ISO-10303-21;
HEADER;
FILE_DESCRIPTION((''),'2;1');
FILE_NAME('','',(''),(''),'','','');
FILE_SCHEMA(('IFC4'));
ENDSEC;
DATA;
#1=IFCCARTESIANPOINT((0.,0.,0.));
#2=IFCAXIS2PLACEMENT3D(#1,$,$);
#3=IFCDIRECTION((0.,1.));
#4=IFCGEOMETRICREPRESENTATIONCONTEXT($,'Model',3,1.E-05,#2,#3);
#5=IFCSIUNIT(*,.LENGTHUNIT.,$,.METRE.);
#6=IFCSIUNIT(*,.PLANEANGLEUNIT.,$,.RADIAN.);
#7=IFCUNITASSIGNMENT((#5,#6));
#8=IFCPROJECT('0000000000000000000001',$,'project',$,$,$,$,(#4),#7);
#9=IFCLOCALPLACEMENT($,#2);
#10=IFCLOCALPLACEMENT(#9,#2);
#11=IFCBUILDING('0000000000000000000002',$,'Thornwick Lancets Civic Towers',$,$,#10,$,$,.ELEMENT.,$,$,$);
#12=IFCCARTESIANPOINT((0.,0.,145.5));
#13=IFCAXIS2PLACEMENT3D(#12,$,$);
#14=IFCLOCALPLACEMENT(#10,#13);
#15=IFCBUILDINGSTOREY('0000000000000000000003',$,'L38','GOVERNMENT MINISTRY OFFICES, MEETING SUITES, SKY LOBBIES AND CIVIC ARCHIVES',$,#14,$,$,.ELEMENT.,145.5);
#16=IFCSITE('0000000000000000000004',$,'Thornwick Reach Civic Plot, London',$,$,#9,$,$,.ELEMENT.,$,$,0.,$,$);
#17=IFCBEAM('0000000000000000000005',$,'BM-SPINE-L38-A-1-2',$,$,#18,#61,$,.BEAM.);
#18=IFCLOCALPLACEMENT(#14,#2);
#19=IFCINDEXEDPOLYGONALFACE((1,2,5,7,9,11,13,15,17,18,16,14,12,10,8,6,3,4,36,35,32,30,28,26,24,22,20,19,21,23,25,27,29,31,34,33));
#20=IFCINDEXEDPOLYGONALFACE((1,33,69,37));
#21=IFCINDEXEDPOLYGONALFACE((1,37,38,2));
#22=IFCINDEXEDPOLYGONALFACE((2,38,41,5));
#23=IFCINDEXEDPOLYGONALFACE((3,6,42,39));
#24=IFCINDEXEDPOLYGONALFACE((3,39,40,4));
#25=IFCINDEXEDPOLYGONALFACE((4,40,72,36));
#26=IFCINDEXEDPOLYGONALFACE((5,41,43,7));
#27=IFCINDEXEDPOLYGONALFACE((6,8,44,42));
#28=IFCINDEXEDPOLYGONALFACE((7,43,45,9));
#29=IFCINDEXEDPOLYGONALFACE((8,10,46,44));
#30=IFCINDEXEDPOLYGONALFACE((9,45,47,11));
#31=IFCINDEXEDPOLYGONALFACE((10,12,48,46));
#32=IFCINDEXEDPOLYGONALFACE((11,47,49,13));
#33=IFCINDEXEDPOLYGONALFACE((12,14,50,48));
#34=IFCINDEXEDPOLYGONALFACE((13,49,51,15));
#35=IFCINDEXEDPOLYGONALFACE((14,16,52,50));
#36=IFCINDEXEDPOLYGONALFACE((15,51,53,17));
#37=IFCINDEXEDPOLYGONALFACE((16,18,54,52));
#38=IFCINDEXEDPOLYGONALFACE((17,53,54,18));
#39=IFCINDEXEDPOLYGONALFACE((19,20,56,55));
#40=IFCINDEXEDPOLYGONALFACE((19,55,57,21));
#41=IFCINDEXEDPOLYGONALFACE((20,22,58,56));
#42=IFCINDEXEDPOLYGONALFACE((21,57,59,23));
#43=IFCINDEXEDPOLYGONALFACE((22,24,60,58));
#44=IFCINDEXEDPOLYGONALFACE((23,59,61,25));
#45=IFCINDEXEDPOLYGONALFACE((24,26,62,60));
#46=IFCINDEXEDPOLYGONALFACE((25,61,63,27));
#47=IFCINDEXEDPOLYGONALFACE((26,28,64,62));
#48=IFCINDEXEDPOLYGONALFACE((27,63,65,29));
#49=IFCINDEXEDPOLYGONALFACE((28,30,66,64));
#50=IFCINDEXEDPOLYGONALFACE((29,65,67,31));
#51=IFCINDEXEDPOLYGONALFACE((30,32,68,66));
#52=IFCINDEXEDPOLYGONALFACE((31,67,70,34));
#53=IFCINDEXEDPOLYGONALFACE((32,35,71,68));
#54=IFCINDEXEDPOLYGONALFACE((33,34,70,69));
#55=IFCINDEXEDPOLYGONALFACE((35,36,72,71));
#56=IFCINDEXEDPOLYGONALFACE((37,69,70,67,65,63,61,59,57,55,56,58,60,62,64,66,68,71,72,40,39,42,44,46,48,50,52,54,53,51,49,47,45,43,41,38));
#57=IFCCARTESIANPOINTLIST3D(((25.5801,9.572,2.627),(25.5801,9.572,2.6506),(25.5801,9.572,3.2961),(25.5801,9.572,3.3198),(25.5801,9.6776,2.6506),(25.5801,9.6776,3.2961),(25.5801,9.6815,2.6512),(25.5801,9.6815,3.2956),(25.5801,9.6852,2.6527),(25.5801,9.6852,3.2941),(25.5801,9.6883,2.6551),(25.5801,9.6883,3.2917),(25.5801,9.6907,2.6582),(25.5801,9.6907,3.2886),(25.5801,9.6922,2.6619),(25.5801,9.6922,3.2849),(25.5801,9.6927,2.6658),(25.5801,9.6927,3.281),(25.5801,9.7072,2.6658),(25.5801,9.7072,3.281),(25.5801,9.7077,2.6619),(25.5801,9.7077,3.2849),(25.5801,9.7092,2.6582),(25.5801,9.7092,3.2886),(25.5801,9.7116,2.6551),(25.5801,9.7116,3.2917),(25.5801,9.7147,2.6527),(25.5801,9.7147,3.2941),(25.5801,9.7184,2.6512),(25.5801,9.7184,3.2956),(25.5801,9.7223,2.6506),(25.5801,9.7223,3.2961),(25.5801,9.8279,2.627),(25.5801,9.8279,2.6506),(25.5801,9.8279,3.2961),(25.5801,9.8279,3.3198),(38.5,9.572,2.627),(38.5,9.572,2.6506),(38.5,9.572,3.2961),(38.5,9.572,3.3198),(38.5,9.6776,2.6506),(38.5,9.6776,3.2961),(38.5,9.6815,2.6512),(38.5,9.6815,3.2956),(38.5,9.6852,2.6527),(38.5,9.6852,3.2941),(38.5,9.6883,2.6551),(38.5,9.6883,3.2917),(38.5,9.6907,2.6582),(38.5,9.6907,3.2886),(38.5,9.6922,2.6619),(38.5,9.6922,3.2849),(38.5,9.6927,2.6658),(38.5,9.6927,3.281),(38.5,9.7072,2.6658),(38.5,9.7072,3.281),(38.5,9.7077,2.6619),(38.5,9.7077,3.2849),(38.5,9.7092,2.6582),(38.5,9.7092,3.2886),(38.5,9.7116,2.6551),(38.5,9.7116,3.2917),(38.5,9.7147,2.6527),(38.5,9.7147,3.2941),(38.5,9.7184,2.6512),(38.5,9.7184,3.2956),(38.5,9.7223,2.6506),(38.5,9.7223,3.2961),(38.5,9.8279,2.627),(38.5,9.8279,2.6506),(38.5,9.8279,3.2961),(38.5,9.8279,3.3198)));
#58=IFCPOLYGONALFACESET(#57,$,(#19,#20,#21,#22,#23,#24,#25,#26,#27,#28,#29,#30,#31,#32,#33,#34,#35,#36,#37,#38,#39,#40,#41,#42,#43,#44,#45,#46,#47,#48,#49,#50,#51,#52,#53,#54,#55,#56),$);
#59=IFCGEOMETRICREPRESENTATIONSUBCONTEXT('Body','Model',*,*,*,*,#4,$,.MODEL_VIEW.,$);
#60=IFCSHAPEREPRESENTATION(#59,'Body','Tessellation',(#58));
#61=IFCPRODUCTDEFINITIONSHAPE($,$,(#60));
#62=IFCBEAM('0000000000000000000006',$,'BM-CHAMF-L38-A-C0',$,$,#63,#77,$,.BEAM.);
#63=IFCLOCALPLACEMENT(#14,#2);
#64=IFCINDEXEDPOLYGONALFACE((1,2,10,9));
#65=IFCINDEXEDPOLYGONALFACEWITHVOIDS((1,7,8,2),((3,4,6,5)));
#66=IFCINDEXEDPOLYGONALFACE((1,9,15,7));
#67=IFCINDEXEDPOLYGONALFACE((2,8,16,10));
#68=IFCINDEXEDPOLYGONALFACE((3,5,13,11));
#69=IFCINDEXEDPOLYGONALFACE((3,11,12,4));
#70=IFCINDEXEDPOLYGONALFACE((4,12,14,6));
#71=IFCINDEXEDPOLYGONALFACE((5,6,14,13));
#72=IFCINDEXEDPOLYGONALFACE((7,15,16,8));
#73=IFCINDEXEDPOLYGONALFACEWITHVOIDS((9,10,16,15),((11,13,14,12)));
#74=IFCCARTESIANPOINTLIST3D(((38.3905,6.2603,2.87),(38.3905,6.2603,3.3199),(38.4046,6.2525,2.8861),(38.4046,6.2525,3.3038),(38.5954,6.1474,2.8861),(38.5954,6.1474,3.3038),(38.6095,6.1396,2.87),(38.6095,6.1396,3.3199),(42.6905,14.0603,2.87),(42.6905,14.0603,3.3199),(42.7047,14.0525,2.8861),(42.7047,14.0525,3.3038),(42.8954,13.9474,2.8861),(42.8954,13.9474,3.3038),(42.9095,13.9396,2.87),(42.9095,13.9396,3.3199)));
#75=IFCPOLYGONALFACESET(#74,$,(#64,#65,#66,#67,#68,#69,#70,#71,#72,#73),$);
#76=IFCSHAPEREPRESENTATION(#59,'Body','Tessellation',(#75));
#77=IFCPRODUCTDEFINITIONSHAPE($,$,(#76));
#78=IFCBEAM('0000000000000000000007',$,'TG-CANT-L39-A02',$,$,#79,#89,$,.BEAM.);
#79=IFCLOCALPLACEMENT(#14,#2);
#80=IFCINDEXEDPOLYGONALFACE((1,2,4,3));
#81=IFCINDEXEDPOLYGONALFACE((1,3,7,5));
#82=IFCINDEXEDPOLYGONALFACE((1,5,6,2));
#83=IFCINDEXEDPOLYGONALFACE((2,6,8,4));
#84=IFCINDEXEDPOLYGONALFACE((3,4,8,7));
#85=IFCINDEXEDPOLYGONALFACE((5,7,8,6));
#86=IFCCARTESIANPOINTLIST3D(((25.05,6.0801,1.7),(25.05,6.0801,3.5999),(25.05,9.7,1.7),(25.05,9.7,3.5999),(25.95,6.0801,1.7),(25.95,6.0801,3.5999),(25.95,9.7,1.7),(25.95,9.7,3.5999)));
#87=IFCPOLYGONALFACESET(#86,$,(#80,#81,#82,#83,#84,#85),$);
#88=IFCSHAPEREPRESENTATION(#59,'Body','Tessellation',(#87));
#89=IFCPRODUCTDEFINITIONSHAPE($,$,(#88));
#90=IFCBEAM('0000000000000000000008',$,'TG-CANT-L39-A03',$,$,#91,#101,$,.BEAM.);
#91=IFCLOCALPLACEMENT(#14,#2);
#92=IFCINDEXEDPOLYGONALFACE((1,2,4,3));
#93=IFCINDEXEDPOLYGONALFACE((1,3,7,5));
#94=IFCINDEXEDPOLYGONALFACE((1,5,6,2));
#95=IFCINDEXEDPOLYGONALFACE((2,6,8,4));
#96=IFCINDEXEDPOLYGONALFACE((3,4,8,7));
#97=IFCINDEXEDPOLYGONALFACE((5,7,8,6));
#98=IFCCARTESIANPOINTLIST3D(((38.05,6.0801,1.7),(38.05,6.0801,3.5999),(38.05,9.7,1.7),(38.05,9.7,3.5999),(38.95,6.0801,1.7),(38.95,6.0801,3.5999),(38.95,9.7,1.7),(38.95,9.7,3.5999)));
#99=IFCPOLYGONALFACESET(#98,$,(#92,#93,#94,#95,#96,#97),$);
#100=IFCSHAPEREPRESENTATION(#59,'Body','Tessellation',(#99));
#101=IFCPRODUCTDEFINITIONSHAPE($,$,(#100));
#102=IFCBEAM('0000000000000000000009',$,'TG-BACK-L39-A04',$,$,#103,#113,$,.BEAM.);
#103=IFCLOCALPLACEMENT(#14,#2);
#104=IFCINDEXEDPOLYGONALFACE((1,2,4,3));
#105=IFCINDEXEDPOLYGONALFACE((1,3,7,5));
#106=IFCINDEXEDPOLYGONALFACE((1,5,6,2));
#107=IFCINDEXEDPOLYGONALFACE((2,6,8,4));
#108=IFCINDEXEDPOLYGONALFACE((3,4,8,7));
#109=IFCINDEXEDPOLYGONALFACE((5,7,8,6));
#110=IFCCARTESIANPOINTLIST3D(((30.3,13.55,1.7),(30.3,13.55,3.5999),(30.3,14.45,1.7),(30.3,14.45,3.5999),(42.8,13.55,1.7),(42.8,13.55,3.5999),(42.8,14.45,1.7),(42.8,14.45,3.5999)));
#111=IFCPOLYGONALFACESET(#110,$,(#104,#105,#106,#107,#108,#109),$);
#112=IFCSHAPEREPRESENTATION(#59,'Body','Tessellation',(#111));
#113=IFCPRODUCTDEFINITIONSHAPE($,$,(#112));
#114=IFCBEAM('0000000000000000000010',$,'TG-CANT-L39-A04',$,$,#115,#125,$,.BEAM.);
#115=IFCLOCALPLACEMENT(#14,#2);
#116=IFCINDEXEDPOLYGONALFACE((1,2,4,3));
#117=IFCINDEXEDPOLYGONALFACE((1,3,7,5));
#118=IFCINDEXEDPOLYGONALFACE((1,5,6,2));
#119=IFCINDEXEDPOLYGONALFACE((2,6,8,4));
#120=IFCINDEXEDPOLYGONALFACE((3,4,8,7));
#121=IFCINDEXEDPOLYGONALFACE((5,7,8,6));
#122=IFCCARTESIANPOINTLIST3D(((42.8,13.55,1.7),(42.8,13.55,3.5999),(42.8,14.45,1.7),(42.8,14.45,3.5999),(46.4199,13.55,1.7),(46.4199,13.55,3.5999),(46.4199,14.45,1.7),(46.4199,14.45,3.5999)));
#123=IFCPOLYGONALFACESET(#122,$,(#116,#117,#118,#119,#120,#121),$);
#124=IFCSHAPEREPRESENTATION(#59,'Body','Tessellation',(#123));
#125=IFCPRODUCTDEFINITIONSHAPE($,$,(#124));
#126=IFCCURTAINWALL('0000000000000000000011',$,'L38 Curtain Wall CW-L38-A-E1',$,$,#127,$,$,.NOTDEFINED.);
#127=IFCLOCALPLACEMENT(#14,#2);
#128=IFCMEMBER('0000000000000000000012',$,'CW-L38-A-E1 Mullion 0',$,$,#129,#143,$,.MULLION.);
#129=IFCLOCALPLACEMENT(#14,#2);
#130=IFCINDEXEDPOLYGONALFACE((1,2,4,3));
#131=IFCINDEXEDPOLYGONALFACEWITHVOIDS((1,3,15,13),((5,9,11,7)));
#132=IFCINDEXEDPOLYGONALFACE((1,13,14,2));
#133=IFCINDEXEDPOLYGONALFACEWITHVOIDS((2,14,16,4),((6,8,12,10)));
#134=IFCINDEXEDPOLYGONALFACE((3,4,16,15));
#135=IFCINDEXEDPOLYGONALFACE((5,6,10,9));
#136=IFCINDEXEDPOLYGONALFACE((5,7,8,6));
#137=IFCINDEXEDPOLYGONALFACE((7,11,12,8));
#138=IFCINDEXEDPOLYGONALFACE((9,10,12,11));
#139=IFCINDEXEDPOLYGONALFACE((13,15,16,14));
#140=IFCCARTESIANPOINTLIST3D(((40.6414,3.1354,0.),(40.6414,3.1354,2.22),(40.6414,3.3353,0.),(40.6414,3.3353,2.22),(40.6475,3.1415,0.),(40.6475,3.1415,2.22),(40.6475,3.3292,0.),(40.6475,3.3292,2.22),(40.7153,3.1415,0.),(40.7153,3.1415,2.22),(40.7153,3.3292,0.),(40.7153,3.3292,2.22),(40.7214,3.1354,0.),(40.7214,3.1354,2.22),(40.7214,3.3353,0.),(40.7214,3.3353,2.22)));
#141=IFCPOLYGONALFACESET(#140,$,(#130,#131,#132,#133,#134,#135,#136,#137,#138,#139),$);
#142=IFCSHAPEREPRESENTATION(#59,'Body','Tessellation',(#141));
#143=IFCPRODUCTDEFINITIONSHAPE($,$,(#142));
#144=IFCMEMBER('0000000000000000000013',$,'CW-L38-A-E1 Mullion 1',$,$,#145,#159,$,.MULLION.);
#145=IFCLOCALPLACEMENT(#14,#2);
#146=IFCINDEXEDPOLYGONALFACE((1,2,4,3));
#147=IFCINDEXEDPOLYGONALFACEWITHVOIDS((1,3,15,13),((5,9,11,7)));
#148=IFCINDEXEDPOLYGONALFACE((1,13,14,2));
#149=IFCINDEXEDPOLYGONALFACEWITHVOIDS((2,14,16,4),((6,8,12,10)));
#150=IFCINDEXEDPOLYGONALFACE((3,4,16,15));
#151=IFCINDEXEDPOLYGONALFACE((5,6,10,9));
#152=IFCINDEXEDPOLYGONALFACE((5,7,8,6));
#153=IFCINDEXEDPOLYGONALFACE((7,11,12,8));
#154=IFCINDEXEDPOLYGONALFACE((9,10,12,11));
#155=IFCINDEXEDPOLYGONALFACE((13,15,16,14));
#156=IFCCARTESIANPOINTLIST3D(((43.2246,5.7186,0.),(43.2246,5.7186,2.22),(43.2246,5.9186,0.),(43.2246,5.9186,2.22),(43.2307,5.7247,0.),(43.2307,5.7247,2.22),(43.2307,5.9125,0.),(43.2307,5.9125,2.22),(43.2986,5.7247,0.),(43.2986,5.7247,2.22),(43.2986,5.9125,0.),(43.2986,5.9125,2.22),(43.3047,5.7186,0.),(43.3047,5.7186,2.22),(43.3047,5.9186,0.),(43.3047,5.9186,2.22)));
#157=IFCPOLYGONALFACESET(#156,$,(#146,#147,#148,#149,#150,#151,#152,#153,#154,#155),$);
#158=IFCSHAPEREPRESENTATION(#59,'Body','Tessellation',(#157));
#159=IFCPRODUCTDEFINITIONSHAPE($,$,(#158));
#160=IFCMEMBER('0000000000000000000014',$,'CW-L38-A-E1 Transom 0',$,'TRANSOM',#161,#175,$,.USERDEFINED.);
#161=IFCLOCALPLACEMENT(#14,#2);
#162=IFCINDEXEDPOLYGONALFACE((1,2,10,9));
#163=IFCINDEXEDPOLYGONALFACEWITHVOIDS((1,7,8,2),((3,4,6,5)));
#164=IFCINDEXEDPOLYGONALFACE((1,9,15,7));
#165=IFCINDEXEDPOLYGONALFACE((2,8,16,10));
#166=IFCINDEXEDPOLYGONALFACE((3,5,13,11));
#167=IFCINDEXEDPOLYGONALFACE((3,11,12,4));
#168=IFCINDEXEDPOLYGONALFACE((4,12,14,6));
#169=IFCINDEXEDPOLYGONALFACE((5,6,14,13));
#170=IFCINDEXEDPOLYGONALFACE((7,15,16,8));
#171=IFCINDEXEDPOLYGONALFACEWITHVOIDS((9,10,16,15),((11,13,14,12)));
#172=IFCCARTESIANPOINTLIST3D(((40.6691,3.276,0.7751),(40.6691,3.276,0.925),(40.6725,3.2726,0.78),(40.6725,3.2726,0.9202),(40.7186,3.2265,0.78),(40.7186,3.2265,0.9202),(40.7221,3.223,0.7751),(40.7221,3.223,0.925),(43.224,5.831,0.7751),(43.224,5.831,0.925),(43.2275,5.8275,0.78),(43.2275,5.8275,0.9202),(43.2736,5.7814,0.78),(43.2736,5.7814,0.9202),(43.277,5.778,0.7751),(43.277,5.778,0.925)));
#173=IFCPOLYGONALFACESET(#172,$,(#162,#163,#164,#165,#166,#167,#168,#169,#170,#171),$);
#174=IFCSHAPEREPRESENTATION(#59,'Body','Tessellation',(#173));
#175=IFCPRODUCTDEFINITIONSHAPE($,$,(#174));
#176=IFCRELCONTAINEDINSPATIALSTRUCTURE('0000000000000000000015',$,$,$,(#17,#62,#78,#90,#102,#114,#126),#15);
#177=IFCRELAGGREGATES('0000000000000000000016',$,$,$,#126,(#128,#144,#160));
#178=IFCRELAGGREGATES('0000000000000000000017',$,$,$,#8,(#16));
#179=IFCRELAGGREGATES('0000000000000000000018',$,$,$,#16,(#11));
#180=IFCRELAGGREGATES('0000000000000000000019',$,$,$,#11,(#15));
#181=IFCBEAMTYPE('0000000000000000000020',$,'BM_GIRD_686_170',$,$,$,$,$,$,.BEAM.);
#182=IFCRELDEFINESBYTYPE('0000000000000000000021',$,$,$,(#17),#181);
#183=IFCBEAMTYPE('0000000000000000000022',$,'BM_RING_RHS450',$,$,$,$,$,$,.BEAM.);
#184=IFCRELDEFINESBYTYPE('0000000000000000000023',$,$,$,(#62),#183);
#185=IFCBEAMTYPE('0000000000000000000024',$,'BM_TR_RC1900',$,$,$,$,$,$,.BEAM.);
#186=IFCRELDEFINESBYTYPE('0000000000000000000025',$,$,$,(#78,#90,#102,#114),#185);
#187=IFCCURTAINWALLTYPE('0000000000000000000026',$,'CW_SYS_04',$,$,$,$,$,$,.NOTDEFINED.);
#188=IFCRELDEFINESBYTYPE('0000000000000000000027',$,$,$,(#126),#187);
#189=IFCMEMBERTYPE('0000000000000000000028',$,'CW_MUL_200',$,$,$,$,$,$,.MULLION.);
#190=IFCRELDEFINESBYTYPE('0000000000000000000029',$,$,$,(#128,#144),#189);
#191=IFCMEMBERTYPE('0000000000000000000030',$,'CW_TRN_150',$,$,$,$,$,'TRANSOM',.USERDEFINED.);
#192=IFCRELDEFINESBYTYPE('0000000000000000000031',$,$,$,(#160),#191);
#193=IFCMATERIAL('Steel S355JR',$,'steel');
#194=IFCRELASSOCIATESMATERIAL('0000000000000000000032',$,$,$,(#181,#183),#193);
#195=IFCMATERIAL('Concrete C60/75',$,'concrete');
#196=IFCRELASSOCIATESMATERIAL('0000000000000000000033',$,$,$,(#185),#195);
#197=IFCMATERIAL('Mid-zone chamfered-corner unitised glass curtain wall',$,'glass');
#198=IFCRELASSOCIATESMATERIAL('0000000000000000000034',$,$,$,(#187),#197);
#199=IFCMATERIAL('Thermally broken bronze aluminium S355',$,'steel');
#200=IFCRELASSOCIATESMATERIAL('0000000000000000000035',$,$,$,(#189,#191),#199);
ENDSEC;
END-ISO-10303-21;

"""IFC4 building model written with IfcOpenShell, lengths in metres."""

from ifc_helpers import new_model, si_unit, direction, frame, origin, origin_2d, place, context, subcontext, project, spatial, rectangle, hollow_rectangle, i_section, extrude, material, material_profile, profile_set, type_object, element, aggregate, save


model = new_model("IFC4")

# Units and contexts
model_context = context("Model", 3, precision=1e-05, world=origin(), true_north=direction((0.0, 1.0)))
body_context = subcontext(model_context, "Body", "Model", "MODEL_VIEW")
ifc_project = project(units=[si_unit("LENGTHUNIT", "METRE"), si_unit("PLANEANGLEUNIT", "RADIAN")], contexts=[model_context])

# Site, building, storey
site_placement = place(None, origin())
site = spatial("IfcSite", under=ifc_project, at=site_placement, Name="Thornwick Reach Civic Plot, London", CompositionType="ELEMENT", RefElevation=0.0)
building_placement = place(site_placement, origin())
building = spatial("IfcBuilding", under=site, at=building_placement, Name="Thornwick Lancets Civic Towers", CompositionType="ELEMENT")
storey_placement = place(building_placement, frame((0.0, 0.0, 145.5)))
storey = spatial("IfcBuildingStorey", under=building, at=storey_placement, Name="L38", Description="GOVERNMENT MINISTRY OFFICES, MEETING SUITES, SKY LOBBIES AND CIVIC ARCHIVES", CompositionType="ELEMENT", Elevation=145.5)

# Beams
ifc_material_1 = material(Name="Steel S355JR", Category="steel")
ifc_material_profile_1 = material_profile(ifc_material_1, i_section(OverallWidth=0.2559, OverallDepth=0.6929, WebThickness=0.0144, FlangeThickness=0.0237, FilletRadius=0.0151, at=origin_2d()), Name="UKB 686x254x170")
ifc_profile_set_1 = profile_set([ifc_material_profile_1], Name="Steel S355JR")
beam_type_1 = type_object("IfcBeamType", Name="BM_GIRD_686_170", PredefinedType="BEAM", material=ifc_profile_set_1)
beam_1_placement = place(storey_placement, frame((25.5801, 9.7, 2.9734), z_axis=(1.0, 0.0, 0.0), x_axis=(0.0, 1.0, 0.0)))
element("IfcBeam", 1, at=beam_1_placement, inside=storey, type_object=beam_type_1, Name="BM-SPINE-L38-A-1-2", PredefinedType="BEAM", context=body_context, shape_type="SweptSolid", body=[
    extrude(i_section(OverallWidth=0.2559, OverallDepth=0.6929, WebThickness=0.0144, FlangeThickness=0.0237, FilletRadius=0.0151, at=origin_2d()), origin(), (0.0, 0.0, 1.0), 12.9199),
])
ifc_material_profile_2 = material_profile(ifc_material_1, hollow_rectangle(XDim=0.25, YDim=0.45, WallThickness=0.0161, at=origin_2d()), Name="RHS 450x250x16")
ifc_profile_set_2 = profile_set([ifc_material_profile_2], Name="Steel S355JR")
beam_type_2 = type_object("IfcBeamType", Name="BM_RING_RHS450", PredefinedType="BEAM", material=ifc_profile_set_2)
beam_2_placement = place(storey_placement, frame((38.5, 6.2, 3.095), z_axis=(0.482782, 0.87574, 0.0), x_axis=(-0.87574, 0.482782, 0.0)))
element("IfcBeam", 2, at=beam_2_placement, inside=storey, type_object=beam_type_2, Name="BM-CHAMF-L38-A-C0", PredefinedType="BEAM", context=body_context, shape_type="SweptSolid", body=[
    extrude(hollow_rectangle(XDim=0.25, YDim=0.45, WallThickness=0.0161, at=origin_2d()), origin(), (0.0, 0.0, 1.0), 8.9067),
])
ifc_material_2 = material(Name="Concrete C60/75", Category="concrete")
ifc_material_profile_3 = material_profile(ifc_material_2, rectangle(XDim=0.8999, YDim=1.8999, at=origin_2d()), Name="RC 900x1900")
ifc_profile_set_3 = profile_set([ifc_material_profile_3], Name="Concrete C60/75")
beam_type_3 = type_object("IfcBeamType", Name="BM_TR_RC1900", PredefinedType="BEAM", material=ifc_profile_set_3)
for number, where, z_axis, x_axis, name in (
    (3, (25.5, 9.7, 2.6499), (0.0, -1.0, 0.0), (1.0, 0.0, 0.0), "TG-CANT-L39-A02"),
    (4, (38.5, 9.7, 2.6499), (0.0, -1.0, 0.0), (1.0, 0.0, 0.0), "TG-CANT-L39-A03"),
):
    element("IfcBeam", number, at=place(storey_placement, frame(where, z_axis=z_axis, x_axis=x_axis)), inside=storey, type_object=beam_type_3, Name=name, PredefinedType="BEAM", context=body_context, shape_type="SweptSolid", body=[
        extrude(rectangle(XDim=0.8999, YDim=1.8999, at=origin_2d()), origin(), (0.0, 0.0, 1.0), 3.6199),
    ])
beam_3_placement = place(storey_placement, frame((30.3, 14.0, 2.6499), z_axis=(1.0, 0.0, 0.0), x_axis=(0.0, 1.0, 0.0)))
element("IfcBeam", 5, at=beam_3_placement, inside=storey, type_object=beam_type_3, Name="TG-BACK-L39-A04", PredefinedType="BEAM", context=body_context, shape_type="SweptSolid", body=[
    extrude(rectangle(XDim=0.8999, YDim=1.8999, at=origin_2d()), origin(), (0.0, 0.0, 1.0), 12.5),
])
beam_4_placement = place(storey_placement, frame((42.8, 14.0, 2.6499), z_axis=(1.0, 0.0, 0.0), x_axis=(0.0, 1.0, 0.0)))
element("IfcBeam", 6, at=beam_4_placement, inside=storey, type_object=beam_type_3, Name="TG-CANT-L39-A04", PredefinedType="BEAM", context=body_context, shape_type="SweptSolid", body=[
    extrude(rectangle(XDim=0.8999, YDim=1.8999, at=origin_2d()), origin(), (0.0, 0.0, 1.0), 3.6199),
])

# Curtain wall, members
ifc_material_3 = material(Name="Mid-zone chamfered-corner unitised glass curtain wall", Category="glass")
curtain_wall_type = type_object("IfcCurtainWallType", Name="CW_SYS_04", PredefinedType="NOTDEFINED", material=ifc_material_3)
curtain_wall_placement = place(storey_placement, origin())
curtain_wall = element("IfcCurtainWall", 7, at=curtain_wall_placement, inside=storey, type_object=curtain_wall_type, Name="L38 Curtain Wall CW-L38-A-E1", PredefinedType="NOTDEFINED")
ifc_material_4 = material(Name="Thermally broken bronze aluminium S355", Category="steel")
ifc_material_profile_4 = material_profile(ifc_material_4, hollow_rectangle(XDim=0.0801, YDim=0.2, WallThickness=0.0061, at=origin_2d()), Name="RHS 200x80x6")
ifc_profile_set_4 = profile_set([ifc_material_profile_4], Name="Thermally broken bronze aluminium S355")
member_type_1 = type_object("IfcMemberType", Name="CW_MUL_200", PredefinedType="MULLION", material=ifc_profile_set_4)
member_1_placement = place(storey_placement, frame((40.6814, 3.2354, 0.0), z_axis=(0.0, 0.0, 1.0), x_axis=(1.0, 0.0, 0.0)))
member_1 = element("IfcMember", 8, at=member_1_placement, type_object=member_type_1, Name="CW-L38-A-E1 Mullion 0", PredefinedType="MULLION", context=body_context, shape_type="SweptSolid", body=[
    extrude(hollow_rectangle(XDim=0.0801, YDim=0.2, WallThickness=0.0061, at=origin_2d()), origin(), (0.0, 0.0, 1.0), 2.22),
])
member_2_placement = place(storey_placement, frame((43.2646, 5.8186, 0.0), z_axis=(0.0, 0.0, 1.0), x_axis=(1.0, 0.0, 0.0)))
member_2 = element("IfcMember", 9, at=member_2_placement, type_object=member_type_1, Name="CW-L38-A-E1 Mullion 1", PredefinedType="MULLION", context=body_context, shape_type="SweptSolid", body=[
    extrude(hollow_rectangle(XDim=0.0801, YDim=0.2, WallThickness=0.0061, at=origin_2d()), origin(), (0.0, 0.0, 1.0), 2.22),
])
ifc_material_profile_5 = material_profile(ifc_material_4, hollow_rectangle(XDim=0.075, YDim=0.1499, WallThickness=0.0049, at=origin_2d()), Name="RHS 150x75x5")
ifc_profile_set_5 = profile_set([ifc_material_profile_5], Name="Thermally broken bronze aluminium S355")
member_type_2 = type_object("IfcMemberType", Name="CW_TRN_150", ElementType="TRANSOM", PredefinedType="USERDEFINED", material=ifc_profile_set_5)
member_3_placement = place(storey_placement, frame((40.6956, 3.2495, 0.8501), z_axis=(0.707107, 0.707107, 0.0), x_axis=(-0.707107, 0.707107, 0.0)))
member_3 = element("IfcMember", 10, at=member_3_placement, type_object=member_type_2, Name="CW-L38-A-E1 Transom 0", ObjectType="TRANSOM", PredefinedType="USERDEFINED", context=body_context, shape_type="SweptSolid", body=[
    extrude(hollow_rectangle(XDim=0.075, YDim=0.1499, WallThickness=0.0049, at=origin_2d()), origin(), (0.0, 0.0, 1.0), 3.6133),
])

aggregate(curtain_wall, [member_1, member_2, member_3])

save(model, "model.ifc")
